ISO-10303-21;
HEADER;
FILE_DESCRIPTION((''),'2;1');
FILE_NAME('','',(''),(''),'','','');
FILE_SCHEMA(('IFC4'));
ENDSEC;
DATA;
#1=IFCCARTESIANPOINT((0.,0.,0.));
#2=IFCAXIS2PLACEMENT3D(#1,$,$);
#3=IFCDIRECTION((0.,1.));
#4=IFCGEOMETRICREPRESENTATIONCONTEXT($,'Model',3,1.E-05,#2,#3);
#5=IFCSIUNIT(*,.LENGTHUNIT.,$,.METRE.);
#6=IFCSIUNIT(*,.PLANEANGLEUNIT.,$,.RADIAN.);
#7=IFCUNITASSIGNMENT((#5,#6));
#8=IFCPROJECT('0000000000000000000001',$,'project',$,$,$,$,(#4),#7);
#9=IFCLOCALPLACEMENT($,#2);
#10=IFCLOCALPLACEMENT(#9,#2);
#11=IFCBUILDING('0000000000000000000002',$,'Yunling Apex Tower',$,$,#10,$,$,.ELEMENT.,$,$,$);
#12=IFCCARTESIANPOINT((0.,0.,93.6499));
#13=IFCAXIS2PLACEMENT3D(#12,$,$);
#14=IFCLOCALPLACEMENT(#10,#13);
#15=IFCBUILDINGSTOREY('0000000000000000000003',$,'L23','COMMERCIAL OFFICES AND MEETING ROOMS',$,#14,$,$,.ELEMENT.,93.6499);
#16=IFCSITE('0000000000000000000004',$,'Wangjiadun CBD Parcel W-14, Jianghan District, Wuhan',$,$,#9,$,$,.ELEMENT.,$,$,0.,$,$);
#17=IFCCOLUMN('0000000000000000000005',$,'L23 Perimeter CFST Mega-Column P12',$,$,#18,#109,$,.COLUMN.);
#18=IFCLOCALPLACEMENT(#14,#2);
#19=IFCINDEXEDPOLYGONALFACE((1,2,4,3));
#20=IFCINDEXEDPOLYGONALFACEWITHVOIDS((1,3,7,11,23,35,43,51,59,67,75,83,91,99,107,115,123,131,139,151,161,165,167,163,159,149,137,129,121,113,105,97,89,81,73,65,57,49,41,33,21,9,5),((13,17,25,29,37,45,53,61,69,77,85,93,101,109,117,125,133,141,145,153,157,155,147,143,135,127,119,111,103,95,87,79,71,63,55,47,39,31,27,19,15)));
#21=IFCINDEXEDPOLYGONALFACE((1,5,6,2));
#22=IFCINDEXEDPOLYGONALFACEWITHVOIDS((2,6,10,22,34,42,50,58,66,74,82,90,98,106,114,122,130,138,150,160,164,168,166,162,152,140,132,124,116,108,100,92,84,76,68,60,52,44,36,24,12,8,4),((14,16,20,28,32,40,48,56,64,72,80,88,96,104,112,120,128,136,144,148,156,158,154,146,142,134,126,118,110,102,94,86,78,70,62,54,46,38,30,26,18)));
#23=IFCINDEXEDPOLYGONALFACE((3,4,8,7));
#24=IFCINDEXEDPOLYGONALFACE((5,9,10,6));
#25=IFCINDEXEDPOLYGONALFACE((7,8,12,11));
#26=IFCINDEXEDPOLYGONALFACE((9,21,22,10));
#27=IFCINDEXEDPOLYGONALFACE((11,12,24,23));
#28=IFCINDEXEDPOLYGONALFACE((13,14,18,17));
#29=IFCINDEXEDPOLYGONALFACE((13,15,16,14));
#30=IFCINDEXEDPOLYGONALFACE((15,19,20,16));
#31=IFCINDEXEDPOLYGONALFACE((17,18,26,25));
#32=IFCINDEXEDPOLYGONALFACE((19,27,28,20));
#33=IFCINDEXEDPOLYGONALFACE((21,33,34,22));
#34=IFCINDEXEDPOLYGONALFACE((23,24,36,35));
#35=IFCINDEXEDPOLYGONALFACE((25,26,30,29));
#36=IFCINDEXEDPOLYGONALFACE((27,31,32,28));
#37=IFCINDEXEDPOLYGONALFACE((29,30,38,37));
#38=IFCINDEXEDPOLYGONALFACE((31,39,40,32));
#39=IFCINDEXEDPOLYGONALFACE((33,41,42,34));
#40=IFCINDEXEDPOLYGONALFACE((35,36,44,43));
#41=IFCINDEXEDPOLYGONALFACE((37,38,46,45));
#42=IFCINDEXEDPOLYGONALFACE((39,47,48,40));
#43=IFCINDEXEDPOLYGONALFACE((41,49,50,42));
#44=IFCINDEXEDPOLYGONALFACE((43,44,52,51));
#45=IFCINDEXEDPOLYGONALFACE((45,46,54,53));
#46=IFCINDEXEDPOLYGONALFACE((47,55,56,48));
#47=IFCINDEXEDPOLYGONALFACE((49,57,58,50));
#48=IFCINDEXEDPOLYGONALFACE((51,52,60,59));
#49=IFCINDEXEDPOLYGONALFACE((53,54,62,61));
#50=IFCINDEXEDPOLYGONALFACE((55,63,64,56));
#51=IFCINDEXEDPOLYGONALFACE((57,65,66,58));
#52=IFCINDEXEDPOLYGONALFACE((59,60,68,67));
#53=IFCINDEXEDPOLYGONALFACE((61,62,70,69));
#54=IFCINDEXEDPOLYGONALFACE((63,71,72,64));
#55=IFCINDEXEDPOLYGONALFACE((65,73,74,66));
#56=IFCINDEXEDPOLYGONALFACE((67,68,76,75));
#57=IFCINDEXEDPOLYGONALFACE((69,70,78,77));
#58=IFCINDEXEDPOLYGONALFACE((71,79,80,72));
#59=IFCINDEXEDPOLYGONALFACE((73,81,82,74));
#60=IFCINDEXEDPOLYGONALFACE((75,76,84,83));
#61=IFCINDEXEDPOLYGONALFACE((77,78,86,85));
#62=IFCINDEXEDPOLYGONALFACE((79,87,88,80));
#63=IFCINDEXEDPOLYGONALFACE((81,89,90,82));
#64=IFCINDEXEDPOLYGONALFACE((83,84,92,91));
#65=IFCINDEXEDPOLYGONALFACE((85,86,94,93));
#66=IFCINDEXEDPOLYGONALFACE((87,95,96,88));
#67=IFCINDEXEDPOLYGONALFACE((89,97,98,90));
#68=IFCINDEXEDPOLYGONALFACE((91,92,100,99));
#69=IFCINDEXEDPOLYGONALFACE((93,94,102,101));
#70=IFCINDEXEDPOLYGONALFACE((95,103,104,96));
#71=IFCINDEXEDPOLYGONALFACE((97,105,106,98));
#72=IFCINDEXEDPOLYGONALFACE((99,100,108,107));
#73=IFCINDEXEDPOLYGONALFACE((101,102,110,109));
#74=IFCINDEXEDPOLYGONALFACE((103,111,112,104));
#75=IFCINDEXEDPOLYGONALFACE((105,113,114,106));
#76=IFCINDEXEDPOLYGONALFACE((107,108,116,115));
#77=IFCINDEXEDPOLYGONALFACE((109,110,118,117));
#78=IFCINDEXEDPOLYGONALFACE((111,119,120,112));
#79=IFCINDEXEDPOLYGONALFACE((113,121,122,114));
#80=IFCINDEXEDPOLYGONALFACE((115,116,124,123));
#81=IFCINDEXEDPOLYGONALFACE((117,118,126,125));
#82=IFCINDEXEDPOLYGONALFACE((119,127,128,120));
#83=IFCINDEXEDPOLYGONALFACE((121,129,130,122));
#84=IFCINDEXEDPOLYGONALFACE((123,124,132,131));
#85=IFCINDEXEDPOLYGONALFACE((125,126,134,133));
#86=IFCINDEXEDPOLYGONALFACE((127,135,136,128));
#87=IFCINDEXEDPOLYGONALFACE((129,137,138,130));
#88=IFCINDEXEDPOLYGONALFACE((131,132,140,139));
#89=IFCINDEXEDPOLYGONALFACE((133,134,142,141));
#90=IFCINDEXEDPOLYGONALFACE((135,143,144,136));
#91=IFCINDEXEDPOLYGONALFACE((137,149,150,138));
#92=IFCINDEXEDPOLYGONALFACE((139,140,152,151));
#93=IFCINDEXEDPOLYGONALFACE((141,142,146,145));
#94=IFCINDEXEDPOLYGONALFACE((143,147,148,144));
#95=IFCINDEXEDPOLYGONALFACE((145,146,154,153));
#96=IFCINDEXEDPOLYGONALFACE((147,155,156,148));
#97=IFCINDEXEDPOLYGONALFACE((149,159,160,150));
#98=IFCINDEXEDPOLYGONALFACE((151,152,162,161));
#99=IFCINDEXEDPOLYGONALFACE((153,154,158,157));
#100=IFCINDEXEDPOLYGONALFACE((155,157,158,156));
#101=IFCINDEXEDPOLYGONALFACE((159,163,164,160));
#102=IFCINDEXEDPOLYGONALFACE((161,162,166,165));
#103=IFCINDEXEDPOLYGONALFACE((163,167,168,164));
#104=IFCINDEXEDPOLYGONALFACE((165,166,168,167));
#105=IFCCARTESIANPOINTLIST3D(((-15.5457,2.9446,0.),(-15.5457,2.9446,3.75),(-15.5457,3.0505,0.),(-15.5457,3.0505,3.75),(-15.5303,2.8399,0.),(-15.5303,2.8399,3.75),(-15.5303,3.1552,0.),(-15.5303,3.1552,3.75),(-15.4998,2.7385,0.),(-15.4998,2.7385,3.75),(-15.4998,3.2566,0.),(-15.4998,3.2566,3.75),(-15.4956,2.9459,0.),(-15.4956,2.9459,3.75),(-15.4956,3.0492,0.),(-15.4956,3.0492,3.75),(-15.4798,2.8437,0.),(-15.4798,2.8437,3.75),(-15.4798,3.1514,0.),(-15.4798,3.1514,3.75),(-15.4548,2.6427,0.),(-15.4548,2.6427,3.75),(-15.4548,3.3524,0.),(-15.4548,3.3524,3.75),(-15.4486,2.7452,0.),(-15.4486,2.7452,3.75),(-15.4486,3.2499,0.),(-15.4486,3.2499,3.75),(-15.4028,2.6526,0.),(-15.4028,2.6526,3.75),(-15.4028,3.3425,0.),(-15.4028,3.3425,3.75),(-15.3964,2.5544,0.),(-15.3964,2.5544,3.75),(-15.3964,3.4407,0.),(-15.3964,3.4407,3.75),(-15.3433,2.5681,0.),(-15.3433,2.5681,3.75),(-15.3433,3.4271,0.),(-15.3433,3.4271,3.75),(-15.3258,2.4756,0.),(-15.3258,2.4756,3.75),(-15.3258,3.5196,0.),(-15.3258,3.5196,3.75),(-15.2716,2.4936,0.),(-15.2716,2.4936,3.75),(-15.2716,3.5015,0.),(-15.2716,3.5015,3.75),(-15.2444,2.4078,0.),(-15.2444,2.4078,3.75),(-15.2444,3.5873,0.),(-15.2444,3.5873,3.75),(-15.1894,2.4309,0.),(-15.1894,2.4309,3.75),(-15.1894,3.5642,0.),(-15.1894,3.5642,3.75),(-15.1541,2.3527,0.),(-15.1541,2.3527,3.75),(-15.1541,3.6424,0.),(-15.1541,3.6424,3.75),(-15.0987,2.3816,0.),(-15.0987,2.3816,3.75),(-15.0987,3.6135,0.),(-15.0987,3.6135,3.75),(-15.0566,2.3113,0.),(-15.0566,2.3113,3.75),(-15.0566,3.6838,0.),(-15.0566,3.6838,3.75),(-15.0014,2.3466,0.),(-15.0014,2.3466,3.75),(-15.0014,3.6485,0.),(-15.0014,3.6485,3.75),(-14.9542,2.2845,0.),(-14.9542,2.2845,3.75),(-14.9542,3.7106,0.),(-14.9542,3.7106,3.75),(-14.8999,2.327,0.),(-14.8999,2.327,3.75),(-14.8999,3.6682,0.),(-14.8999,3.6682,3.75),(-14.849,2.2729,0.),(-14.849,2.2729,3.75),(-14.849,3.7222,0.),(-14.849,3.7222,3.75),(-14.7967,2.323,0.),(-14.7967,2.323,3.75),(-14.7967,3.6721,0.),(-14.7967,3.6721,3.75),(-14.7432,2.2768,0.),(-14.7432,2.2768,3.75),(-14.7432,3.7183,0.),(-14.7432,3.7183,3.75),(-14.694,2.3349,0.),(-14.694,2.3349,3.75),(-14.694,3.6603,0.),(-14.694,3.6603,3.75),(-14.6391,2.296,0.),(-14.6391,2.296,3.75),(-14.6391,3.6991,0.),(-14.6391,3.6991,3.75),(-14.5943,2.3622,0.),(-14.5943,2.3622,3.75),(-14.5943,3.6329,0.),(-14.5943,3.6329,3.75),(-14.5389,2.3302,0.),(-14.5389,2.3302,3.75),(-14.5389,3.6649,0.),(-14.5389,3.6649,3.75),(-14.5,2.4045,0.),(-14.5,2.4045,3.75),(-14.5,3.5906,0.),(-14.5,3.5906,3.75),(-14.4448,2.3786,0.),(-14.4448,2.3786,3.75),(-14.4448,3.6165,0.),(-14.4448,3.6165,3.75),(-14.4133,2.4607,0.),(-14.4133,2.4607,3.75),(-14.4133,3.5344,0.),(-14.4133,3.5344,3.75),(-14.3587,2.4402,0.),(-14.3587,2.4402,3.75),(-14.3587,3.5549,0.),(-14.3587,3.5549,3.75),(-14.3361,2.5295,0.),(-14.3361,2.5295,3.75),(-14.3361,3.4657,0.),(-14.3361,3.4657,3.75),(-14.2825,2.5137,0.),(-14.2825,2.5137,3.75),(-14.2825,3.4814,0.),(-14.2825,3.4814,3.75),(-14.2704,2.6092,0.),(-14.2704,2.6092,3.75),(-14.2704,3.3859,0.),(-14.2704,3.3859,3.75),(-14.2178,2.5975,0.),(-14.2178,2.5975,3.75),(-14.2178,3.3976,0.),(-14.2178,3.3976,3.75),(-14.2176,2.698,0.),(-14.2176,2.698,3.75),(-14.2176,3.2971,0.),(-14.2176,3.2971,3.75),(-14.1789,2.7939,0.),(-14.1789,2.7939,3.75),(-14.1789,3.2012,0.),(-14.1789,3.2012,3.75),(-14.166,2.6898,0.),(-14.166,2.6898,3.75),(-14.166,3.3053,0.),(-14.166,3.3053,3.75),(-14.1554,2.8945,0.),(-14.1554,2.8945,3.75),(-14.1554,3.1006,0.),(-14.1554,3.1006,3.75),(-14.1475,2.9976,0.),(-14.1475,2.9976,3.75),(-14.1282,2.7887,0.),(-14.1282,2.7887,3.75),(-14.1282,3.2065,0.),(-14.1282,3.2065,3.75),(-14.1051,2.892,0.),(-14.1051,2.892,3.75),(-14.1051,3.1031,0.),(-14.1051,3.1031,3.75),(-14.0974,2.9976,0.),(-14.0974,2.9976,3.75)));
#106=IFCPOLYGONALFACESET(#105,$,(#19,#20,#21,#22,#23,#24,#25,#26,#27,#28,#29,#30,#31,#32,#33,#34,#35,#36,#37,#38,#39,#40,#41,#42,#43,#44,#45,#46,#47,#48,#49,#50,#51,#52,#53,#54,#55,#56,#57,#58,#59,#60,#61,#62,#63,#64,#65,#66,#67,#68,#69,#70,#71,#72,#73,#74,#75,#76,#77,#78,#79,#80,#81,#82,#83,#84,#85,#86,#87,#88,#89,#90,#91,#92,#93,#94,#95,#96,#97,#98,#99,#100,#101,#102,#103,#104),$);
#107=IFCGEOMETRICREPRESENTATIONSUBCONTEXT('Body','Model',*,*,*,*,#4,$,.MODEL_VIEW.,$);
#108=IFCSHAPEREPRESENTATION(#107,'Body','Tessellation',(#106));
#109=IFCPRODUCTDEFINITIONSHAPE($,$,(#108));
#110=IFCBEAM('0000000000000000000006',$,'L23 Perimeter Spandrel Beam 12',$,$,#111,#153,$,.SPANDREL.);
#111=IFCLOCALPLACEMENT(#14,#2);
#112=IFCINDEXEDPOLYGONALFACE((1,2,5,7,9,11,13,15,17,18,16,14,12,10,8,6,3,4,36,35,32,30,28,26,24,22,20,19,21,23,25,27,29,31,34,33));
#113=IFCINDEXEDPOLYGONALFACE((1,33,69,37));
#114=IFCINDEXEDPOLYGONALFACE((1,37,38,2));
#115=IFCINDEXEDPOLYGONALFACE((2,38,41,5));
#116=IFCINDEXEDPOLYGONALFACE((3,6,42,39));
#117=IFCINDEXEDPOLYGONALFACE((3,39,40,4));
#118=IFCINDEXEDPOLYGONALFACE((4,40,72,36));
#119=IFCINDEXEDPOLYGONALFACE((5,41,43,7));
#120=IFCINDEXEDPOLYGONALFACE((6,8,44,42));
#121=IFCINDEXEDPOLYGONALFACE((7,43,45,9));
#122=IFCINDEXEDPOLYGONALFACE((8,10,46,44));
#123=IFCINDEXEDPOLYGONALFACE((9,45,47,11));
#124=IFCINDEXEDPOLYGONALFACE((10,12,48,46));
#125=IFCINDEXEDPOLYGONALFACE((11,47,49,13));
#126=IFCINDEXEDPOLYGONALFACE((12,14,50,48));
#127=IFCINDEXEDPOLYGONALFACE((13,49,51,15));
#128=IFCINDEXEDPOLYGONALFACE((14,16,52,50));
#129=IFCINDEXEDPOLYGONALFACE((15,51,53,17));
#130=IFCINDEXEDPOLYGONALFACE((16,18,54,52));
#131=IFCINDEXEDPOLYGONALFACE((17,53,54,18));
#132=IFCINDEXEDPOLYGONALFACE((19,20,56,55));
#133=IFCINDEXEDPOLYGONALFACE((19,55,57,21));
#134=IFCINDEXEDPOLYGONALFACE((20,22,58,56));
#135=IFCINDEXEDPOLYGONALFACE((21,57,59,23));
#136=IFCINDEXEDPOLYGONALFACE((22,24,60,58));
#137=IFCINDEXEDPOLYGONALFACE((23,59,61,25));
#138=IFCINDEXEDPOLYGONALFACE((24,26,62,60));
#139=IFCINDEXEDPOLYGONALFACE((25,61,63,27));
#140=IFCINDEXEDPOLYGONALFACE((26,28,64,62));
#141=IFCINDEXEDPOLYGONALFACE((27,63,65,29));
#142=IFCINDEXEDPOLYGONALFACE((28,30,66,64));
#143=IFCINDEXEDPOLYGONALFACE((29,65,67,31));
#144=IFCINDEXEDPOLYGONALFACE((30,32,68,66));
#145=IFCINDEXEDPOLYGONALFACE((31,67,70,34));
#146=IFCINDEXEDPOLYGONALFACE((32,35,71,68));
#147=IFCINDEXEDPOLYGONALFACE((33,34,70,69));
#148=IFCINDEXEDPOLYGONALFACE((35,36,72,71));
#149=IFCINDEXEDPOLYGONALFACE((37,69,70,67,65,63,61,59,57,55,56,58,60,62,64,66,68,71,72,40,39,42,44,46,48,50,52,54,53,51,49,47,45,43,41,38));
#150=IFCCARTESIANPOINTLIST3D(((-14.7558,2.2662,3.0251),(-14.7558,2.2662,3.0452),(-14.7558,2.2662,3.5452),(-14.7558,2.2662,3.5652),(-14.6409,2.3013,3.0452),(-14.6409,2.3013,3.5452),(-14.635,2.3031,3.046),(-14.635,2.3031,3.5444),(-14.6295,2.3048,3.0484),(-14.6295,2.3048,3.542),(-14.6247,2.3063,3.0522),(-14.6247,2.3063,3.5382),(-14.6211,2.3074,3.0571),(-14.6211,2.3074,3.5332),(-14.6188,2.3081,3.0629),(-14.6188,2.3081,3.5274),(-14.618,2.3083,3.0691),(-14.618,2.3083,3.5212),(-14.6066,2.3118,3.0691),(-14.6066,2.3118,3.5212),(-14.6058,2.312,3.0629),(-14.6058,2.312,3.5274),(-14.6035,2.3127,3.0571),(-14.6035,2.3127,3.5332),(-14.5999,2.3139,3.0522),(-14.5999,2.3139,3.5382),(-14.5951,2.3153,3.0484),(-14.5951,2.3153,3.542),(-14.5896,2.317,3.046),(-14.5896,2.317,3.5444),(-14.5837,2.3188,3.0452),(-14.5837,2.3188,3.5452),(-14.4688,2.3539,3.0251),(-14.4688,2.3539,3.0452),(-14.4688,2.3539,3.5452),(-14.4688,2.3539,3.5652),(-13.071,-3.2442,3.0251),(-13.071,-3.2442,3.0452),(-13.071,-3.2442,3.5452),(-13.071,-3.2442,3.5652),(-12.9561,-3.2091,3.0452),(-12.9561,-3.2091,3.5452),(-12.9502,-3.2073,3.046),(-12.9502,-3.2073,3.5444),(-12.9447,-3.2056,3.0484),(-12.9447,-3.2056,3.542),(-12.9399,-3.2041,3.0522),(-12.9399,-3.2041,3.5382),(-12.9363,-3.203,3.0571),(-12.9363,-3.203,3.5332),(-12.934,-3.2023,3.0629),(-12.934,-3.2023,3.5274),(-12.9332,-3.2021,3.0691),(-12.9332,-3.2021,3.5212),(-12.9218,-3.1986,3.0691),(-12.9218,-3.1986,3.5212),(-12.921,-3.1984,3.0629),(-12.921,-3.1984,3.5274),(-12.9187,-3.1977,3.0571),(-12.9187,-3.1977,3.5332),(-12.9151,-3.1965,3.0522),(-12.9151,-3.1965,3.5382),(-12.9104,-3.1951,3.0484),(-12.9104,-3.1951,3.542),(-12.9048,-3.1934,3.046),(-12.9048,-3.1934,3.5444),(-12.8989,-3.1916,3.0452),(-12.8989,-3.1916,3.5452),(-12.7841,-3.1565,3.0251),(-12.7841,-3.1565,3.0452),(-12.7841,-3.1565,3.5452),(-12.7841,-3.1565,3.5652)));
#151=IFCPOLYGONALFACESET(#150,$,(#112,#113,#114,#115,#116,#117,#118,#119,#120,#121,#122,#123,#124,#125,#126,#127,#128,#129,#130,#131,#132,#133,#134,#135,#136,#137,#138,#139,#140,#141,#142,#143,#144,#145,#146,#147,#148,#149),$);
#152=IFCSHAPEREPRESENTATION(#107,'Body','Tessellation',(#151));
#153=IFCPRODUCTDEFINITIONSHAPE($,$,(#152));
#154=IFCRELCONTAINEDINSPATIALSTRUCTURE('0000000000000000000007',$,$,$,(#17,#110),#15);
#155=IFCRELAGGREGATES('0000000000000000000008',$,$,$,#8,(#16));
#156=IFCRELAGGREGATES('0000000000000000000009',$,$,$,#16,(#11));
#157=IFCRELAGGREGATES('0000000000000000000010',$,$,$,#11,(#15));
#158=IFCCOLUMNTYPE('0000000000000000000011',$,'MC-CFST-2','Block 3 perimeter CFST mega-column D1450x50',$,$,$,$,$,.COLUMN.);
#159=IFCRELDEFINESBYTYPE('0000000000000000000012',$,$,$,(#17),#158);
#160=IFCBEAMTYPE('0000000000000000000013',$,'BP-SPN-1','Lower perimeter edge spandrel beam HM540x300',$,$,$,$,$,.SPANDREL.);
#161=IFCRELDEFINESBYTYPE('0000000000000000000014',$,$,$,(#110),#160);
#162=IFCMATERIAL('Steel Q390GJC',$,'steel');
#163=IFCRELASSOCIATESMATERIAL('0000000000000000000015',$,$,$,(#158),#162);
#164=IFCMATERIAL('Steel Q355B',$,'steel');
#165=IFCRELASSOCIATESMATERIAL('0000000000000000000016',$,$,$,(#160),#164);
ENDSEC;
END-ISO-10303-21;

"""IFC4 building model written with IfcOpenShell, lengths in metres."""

from ifc_helpers import new_model, si_unit, direction, frame, origin, origin_2d, place, context, subcontext, project, spatial, hollow_circle, i_section, extrude, source, transform, mapped, material, material_profile, profile_set, type_object, element, save


model = new_model("IFC4")

# Units and contexts
model_context = context("Model", 3, precision=1e-05, world=origin(), true_north=direction((0.0, 1.0)))
body_context = subcontext(model_context, "Body", "Model", "MODEL_VIEW")
ifc_project = project(units=[si_unit("LENGTHUNIT", "METRE"), si_unit("PLANEANGLEUNIT", "RADIAN")], contexts=[model_context])

# Site, building, storey
site_placement = place(None, origin())
site = spatial("IfcSite", under=ifc_project, at=site_placement, Name="Wangjiadun CBD Parcel W-14, Jianghan District, Wuhan", CompositionType="ELEMENT", RefElevation=0.0)
building_placement = place(site_placement, origin())
building = spatial("IfcBuilding", under=site, at=building_placement, Name="Yunling Apex Tower", CompositionType="ELEMENT")
storey_placement = place(building_placement, frame((0.0, 0.0, 93.6499)))
storey = spatial("IfcBuildingStorey", under=building, at=storey_placement, Name="L23", Description="COMMERCIAL OFFICES AND MEETING ROOMS", CompositionType="ELEMENT", Elevation=93.6499)

# Column
ifc_material_1 = material(Name="Steel Q390GJC", Category="steel")
ifc_material_profile_1 = material_profile(ifc_material_1, hollow_circle(Radius=0.7251, WallThickness=0.05, at=origin_2d()))
ifc_profile_set_1 = profile_set([ifc_material_profile_1], Name="Steel Q390GJC")
column_type = type_object("IfcColumnType", Name="MC-CFST-2", Description="Block 3 perimeter CFST mega-column D1450x50", PredefinedType="COLUMN", material=ifc_profile_set_1)
shared_shape_1 = source(origin(), body_context, "Body", "SweptSolid", [
    extrude(hollow_circle(Radius=0.7251, WallThickness=0.05, at=origin_2d()), origin(), (0.0, 0.0, 1.0), 3.75),
])
column_placement = place(storey_placement, frame((-14.8225, 2.9976, 0.0), z_axis=(0.0, 0.0, 1.0), x_axis=(1.0, 0.0, 0.0)))
element("IfcColumn", 1, at=column_placement, inside=storey, type_object=column_type, Name="L23 Perimeter CFST Mega-Column P12", PredefinedType="COLUMN", context=body_context, shape_type="MappedRepresentation", body=[
    mapped(shared_shape_1, transform((0.0, 0.0, 0.0), scale=1.0)),
])

# Beam
ifc_material_2 = material(Name="Steel Q355B", Category="steel")
ifc_material_profile_2 = material_profile(ifc_material_2, i_section(OverallWidth=0.3, OverallDepth=0.54, WebThickness=0.012, FlangeThickness=0.02, FilletRadius=0.0239, at=origin_2d()))
ifc_profile_set_2 = profile_set([ifc_material_profile_2], Name="Steel Q355B")
beam_type_1 = type_object("IfcBeamType", Name="BP-SPN-1", Description="Lower perimeter edge spandrel beam HM540x300", PredefinedType="SPANDREL", material=ifc_profile_set_2)
shared_shape_2 = source(origin(), body_context, "Body", "SweptSolid", [
    extrude(i_section(OverallWidth=0.3, OverallDepth=0.54, WebThickness=0.012, FlangeThickness=0.02, FilletRadius=0.0239, at=origin_2d()), origin(), (0.0, 0.0, 1.0), 5.7622),
])
beam_1_placement = place(storey_placement, frame((-14.6123, 2.3101, 3.2952), z_axis=(0.292385, -0.956301, 0.0), x_axis=(0.956301, 0.292385, 0.0)))
element("IfcBeam", 2, at=beam_1_placement, inside=storey, type_object=beam_type_1, Name="L23 Perimeter Spandrel Beam 12", PredefinedType="SPANDREL", context=body_context, shape_type="MappedRepresentation", body=[
    mapped(shared_shape_2, transform((0.0, 0.0, 0.0), scale=1.0)),
])

save(model, "model.ifc")
